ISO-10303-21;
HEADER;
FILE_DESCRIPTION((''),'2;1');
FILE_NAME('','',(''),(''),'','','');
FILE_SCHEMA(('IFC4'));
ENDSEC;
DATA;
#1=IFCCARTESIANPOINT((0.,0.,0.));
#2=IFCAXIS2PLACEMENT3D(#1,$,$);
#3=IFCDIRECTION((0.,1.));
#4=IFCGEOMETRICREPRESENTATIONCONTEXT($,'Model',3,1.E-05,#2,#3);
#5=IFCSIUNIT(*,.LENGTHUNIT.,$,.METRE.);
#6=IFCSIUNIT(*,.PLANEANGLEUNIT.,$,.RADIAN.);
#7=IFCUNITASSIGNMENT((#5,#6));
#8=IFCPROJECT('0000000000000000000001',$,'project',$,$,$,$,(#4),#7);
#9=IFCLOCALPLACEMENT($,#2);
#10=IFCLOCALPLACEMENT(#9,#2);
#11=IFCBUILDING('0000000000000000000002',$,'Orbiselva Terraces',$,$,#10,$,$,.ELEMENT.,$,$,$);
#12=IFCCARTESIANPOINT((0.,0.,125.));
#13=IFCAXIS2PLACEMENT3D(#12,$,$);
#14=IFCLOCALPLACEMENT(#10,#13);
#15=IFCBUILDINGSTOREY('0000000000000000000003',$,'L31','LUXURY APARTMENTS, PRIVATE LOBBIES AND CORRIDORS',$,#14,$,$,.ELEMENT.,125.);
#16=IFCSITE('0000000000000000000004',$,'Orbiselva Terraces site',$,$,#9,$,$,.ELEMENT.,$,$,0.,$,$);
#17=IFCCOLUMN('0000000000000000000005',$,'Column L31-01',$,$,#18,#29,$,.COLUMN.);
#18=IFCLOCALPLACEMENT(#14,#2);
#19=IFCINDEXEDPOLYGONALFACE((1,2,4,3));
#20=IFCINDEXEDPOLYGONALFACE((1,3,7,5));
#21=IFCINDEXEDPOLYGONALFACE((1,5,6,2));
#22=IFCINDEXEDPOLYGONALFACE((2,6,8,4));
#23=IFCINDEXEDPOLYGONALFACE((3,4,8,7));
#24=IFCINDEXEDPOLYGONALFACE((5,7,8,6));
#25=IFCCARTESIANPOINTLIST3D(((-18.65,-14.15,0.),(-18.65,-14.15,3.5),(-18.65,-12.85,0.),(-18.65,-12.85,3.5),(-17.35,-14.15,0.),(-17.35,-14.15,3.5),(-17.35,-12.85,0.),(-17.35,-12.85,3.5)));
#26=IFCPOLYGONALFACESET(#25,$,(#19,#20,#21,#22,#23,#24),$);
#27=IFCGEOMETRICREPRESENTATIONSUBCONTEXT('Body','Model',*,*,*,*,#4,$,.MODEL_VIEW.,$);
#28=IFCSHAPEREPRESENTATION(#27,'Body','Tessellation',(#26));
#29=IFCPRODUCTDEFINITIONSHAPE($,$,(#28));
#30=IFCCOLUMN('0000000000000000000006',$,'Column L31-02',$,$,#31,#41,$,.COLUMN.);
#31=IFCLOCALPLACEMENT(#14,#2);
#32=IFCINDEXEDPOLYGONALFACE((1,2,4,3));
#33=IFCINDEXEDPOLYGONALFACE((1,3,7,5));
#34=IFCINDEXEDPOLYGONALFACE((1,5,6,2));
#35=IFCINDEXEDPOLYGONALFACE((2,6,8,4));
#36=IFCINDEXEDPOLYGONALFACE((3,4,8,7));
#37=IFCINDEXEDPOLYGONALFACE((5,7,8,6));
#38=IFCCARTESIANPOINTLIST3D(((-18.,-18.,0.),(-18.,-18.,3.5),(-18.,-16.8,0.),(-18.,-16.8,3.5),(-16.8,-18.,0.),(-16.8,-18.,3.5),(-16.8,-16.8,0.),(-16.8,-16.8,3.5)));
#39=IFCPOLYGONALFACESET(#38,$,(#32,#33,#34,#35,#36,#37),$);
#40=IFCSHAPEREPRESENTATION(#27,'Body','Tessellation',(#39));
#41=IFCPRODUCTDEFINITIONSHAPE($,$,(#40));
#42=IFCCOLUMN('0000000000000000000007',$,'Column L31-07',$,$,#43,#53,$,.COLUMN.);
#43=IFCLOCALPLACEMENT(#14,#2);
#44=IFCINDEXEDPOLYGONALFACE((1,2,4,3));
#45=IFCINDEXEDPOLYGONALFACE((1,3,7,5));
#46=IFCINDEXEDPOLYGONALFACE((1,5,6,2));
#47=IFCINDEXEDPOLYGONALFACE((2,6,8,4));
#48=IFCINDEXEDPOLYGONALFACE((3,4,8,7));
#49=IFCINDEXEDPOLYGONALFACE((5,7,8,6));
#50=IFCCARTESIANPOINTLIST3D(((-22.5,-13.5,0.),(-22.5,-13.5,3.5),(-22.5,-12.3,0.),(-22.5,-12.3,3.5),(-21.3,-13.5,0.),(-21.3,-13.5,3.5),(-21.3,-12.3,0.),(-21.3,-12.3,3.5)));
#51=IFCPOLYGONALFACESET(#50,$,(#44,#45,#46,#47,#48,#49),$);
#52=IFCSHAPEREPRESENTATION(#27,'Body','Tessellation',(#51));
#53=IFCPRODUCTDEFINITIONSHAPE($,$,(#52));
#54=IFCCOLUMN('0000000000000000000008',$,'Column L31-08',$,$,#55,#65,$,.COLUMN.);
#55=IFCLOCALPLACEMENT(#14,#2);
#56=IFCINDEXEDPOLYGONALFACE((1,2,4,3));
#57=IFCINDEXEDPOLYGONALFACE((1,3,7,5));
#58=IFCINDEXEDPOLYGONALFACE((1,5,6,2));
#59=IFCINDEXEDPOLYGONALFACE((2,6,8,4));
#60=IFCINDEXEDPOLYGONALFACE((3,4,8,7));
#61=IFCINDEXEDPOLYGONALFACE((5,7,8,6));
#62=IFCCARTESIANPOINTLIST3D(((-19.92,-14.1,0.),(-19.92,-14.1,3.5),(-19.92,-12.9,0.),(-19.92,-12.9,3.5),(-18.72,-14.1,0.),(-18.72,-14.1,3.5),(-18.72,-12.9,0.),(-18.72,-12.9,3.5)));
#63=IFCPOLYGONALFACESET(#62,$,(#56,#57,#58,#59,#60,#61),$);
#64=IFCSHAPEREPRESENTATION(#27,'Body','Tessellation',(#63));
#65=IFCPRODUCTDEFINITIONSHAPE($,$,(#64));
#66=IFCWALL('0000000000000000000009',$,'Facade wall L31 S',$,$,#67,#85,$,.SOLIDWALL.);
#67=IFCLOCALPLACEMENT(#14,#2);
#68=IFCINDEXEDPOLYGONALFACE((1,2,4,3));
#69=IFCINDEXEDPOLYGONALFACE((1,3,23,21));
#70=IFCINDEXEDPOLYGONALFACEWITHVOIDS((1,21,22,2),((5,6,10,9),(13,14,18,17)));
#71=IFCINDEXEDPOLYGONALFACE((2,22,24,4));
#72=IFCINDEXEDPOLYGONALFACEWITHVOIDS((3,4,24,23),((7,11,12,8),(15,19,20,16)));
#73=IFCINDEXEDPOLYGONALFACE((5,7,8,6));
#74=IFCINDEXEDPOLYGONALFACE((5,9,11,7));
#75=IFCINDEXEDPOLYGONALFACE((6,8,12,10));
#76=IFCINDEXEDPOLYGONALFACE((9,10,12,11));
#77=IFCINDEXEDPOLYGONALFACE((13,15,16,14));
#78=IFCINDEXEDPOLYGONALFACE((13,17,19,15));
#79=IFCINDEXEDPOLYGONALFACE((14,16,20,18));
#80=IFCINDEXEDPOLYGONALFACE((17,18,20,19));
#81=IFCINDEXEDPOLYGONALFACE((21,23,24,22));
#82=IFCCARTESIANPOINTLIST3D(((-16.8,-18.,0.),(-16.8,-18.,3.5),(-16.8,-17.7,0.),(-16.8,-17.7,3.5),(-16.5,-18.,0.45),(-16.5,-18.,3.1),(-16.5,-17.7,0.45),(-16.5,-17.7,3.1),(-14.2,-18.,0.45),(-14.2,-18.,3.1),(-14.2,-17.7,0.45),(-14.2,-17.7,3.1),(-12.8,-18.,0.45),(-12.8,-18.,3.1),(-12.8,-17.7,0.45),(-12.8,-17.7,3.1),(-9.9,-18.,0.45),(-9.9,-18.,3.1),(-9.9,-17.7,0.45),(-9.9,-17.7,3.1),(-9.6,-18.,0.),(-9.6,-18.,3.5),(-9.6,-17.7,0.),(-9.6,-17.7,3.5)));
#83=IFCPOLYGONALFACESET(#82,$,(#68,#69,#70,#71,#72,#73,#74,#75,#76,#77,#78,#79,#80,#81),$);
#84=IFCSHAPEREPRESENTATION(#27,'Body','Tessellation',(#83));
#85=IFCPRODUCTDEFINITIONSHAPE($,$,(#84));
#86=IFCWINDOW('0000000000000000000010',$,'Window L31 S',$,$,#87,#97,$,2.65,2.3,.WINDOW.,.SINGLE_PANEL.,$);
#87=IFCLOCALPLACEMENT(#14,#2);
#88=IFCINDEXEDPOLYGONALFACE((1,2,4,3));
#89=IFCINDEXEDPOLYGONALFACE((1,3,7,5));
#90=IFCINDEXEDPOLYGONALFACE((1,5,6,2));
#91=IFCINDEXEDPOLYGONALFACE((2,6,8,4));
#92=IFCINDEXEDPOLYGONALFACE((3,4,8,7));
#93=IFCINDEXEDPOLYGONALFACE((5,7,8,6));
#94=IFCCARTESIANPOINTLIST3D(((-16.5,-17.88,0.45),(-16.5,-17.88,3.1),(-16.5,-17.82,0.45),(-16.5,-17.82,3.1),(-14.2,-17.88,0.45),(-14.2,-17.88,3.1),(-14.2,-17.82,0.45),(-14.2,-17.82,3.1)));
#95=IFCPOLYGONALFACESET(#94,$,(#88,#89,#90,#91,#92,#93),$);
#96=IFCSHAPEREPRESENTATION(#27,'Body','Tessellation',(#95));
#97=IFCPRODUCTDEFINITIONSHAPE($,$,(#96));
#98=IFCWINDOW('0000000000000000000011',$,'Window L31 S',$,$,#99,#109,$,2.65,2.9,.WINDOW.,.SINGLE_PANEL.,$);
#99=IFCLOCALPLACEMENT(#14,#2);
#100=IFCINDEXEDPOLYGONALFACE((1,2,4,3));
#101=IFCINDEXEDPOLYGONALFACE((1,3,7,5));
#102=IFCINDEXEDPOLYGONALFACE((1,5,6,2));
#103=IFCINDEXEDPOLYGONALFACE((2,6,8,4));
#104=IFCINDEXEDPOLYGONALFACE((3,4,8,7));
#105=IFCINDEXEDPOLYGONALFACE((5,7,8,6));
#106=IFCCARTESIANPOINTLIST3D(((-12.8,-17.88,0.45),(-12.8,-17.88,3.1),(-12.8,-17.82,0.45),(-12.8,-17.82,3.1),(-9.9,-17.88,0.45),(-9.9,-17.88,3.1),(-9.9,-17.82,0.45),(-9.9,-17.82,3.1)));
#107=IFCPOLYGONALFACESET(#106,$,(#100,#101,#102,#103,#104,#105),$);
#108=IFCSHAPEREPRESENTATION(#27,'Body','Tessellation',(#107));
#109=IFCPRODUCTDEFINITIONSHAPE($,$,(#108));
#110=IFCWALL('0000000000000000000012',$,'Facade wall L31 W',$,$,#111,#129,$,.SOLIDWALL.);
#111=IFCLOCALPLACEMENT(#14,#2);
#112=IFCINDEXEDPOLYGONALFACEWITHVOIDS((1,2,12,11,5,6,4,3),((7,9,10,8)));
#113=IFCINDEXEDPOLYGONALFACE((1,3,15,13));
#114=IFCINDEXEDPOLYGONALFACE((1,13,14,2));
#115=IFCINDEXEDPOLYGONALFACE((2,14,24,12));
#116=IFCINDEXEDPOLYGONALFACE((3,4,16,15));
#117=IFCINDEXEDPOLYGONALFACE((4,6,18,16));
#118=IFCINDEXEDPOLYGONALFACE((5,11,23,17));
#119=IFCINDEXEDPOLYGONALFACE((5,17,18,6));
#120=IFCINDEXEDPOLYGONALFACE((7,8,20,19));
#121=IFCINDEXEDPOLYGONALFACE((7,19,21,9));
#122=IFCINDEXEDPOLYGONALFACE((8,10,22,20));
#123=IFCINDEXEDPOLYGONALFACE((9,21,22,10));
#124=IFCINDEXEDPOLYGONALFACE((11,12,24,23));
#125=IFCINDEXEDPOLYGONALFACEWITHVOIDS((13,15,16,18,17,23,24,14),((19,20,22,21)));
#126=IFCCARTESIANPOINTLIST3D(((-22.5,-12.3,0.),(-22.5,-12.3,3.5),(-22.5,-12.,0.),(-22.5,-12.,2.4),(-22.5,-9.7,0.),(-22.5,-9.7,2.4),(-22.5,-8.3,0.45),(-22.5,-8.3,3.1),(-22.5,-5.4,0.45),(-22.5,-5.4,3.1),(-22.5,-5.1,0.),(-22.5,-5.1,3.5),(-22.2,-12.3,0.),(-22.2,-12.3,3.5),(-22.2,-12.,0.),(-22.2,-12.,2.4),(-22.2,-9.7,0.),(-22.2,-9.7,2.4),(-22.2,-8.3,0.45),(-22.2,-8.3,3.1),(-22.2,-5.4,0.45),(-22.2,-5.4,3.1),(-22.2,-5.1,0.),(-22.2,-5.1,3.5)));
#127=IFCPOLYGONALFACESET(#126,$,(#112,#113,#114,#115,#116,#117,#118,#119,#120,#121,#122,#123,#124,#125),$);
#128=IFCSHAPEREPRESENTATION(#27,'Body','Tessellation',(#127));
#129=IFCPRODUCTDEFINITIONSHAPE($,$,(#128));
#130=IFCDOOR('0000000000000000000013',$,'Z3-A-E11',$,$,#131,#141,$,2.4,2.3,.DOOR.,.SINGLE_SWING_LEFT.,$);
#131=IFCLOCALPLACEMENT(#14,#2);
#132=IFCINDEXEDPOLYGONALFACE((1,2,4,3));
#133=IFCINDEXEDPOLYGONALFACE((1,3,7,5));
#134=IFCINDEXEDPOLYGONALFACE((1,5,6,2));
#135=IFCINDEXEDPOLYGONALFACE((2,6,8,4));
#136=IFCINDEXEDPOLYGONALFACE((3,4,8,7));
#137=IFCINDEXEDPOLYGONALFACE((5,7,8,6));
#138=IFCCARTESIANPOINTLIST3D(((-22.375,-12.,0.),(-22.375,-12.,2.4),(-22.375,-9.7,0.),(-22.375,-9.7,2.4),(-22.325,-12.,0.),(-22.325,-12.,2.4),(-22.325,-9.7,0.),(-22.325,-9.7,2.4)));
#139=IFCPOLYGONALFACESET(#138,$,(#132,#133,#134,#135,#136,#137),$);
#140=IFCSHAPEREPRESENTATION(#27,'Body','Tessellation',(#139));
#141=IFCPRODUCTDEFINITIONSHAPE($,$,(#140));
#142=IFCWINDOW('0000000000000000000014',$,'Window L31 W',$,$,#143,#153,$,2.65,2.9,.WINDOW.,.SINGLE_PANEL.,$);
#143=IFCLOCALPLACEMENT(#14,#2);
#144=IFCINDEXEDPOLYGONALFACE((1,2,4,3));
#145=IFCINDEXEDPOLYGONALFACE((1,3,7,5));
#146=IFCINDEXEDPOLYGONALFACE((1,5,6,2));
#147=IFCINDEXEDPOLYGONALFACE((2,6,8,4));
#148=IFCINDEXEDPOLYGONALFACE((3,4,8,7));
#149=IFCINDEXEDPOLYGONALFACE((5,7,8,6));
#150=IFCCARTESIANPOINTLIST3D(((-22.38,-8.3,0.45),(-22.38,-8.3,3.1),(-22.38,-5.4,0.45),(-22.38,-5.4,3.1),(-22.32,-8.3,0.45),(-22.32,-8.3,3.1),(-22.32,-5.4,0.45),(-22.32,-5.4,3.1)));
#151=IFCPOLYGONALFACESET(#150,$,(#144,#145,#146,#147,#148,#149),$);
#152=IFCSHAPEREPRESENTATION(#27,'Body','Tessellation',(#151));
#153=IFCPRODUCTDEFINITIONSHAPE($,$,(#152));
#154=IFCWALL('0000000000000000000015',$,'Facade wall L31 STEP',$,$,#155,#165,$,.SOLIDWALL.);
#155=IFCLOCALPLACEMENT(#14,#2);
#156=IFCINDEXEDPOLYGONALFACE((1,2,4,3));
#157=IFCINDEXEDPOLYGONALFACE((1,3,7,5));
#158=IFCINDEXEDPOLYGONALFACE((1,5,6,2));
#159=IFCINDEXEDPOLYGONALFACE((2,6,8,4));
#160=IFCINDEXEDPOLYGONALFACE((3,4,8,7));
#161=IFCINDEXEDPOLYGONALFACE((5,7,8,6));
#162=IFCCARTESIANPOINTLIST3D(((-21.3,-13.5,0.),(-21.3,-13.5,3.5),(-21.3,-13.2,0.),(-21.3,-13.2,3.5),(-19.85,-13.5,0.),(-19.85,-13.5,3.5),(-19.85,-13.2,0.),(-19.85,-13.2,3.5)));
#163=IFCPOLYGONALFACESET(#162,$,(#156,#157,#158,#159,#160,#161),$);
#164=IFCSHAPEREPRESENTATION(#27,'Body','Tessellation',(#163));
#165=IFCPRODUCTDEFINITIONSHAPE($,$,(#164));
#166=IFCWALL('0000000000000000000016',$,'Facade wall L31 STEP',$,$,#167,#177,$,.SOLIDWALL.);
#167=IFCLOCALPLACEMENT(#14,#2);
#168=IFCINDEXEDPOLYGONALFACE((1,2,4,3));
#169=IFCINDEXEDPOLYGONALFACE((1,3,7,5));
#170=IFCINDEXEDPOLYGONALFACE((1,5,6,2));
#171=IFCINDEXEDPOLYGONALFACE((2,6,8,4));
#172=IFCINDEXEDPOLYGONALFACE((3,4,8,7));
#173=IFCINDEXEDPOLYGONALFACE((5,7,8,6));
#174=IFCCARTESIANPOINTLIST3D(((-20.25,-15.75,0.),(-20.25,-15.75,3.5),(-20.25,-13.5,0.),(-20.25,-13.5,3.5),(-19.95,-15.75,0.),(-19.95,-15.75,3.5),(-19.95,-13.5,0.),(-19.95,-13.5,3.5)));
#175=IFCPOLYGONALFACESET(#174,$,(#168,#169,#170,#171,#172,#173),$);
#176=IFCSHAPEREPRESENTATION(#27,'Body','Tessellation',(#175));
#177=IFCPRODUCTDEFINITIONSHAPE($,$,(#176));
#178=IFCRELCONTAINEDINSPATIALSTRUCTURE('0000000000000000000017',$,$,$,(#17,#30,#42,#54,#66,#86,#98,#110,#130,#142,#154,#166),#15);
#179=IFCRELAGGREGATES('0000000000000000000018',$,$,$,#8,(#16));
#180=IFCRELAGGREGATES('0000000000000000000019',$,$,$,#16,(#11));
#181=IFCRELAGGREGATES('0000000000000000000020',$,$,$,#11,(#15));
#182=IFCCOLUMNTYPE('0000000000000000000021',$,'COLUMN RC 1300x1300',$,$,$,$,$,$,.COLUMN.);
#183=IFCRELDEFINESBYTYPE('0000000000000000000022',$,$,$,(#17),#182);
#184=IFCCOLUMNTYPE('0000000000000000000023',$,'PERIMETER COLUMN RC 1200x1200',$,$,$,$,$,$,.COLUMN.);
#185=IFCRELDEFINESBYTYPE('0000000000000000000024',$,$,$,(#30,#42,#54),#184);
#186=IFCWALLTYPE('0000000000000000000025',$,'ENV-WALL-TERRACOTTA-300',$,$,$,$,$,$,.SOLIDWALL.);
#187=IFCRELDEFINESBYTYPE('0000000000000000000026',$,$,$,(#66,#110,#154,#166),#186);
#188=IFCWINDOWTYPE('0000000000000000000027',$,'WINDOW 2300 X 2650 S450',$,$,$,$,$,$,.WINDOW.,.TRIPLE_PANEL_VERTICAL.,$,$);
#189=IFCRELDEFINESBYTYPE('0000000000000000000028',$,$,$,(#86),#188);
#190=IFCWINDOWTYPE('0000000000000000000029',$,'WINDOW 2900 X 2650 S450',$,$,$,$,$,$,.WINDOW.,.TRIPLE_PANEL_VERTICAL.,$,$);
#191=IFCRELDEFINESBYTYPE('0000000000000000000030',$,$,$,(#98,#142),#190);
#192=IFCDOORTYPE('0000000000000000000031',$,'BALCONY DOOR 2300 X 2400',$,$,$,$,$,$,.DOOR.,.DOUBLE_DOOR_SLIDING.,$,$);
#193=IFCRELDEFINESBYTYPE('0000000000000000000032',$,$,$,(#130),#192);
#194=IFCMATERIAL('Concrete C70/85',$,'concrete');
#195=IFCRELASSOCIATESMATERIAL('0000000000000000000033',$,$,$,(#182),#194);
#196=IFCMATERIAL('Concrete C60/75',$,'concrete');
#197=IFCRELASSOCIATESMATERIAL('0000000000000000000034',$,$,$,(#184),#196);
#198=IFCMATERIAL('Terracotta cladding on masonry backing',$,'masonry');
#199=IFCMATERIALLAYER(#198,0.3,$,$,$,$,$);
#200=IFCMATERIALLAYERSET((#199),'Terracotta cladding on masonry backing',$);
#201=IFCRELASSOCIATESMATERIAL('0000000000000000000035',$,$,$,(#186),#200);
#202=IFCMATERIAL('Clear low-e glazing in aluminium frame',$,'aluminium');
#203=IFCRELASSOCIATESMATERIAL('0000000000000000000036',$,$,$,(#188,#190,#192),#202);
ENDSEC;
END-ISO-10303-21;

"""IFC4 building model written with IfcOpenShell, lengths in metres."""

from ifc_helpers import new_model, si_unit, direction, frame, frame_2d, origin, origin_2d, place, context, subcontext, project, spatial, rectangle, extrude, material, layer, layer_set, material_profile, profile_set, type_object, element, fill, save


model = new_model("IFC4")

# Units and contexts
model_context = context("Model", 3, precision=1e-05, world=origin(), true_north=direction((0.0, 1.0)))
body_context = subcontext(model_context, "Body", "Model", "MODEL_VIEW")
ifc_project = project(units=[si_unit("LENGTHUNIT", "METRE"), si_unit("PLANEANGLEUNIT", "RADIAN")], contexts=[model_context])

# Site, building, storey
site_placement = place(None, origin())
site = spatial("IfcSite", under=ifc_project, at=site_placement, Name="Orbiselva Terraces site", CompositionType="ELEMENT", RefElevation=0.0)
building_placement = place(site_placement, origin())
building = spatial("IfcBuilding", under=site, at=building_placement, Name="Orbiselva Terraces", CompositionType="ELEMENT")
storey_placement = place(building_placement, frame((0.0, 0.0, 125.0)))
storey = spatial("IfcBuildingStorey", under=building, at=storey_placement, Name="L31", Description="LUXURY APARTMENTS, PRIVATE LOBBIES AND CORRIDORS", CompositionType="ELEMENT", Elevation=125.0)

# Columns
ifc_material_1 = material(Name="Concrete C70/85", Category="concrete")
ifc_material_profile_1 = material_profile(ifc_material_1, rectangle(XDim=1.3, YDim=1.3, at=origin_2d()), Name="RC 1300x1300")
ifc_profile_set_1 = profile_set([ifc_material_profile_1], Name="Concrete C70/85")
column_type_1 = type_object("IfcColumnType", Name="COLUMN RC 1300x1300", PredefinedType="COLUMN", material=ifc_profile_set_1)
column_placement = place(storey_placement, frame((-18.0, -13.5, 0.0), z_axis=(0.0, 0.0, 1.0), x_axis=(1.0, 0.0, 0.0)))
element("IfcColumn", 1, at=column_placement, inside=storey, type_object=column_type_1, Name="Column L31-01", PredefinedType="COLUMN", context=body_context, shape_type="SweptSolid", body=[
    extrude(rectangle(XDim=1.3, YDim=1.3, at=origin_2d()), origin(), (0.0, 0.0, 1.0), 3.5),
])
ifc_material_2 = material(Name="Concrete C60/75", Category="concrete")
ifc_material_profile_2 = material_profile(ifc_material_2, rectangle(XDim=1.2, YDim=1.2, at=origin_2d()), Name="RC 1200x1200")
ifc_profile_set_2 = profile_set([ifc_material_profile_2], Name="Concrete C60/75")
column_type_2 = type_object("IfcColumnType", Name="PERIMETER COLUMN RC 1200x1200", PredefinedType="COLUMN", material=ifc_profile_set_2)
for number, where, z_axis, x_axis, name in (
    (2, (-17.4, -17.4, 0.0), (0.0, 0.0, 1.0), (1.0, 0.0, 0.0), "Column L31-02"),
    (3, (-21.9, -12.9, 0.0), (0.0, 0.0, 1.0), (1.0, 0.0, 0.0), "Column L31-07"),
    (4, (-19.32, -13.5, 0.0), (0.0, 0.0, 1.0), (1.0, 0.0, 0.0), "Column L31-08"),
):
    element("IfcColumn", number, at=place(storey_placement, frame(where, z_axis=z_axis, x_axis=x_axis)), inside=storey, type_object=column_type_2, Name=name, PredefinedType="COLUMN", context=body_context, shape_type="SweptSolid", body=[
        extrude(rectangle(XDim=1.2, YDim=1.2, at=origin_2d()), origin(), (0.0, 0.0, 1.0), 3.5),
    ])

# Wall, openings, windows
ifc_material_3 = material(Name="Terracotta cladding on masonry backing", Category="masonry")
ifc_layer_1 = layer(ifc_material_3, 0.3)
ifc_layer_set_1 = layer_set([ifc_layer_1], Name="Terracotta cladding on masonry backing")
wall_type_1 = type_object("IfcWallType", Name="ENV-WALL-TERRACOTTA-300", PredefinedType="SOLIDWALL", material=ifc_layer_set_1)
wall_1_placement = place(storey_placement, frame((-9.6, -17.85, 0.0), z_axis=(0.0, 0.0, 1.0), x_axis=(-1.0, 0.0, 0.0)))
wall_1 = element("IfcWall", 5, at=wall_1_placement, inside=storey, type_object=wall_type_1, Name="Facade wall L31 S", PredefinedType="SOLIDWALL", context=body_context, shape_type="SweptSolid", body=[
    extrude(rectangle(XDim=7.2, YDim=0.3, at=frame_2d((3.6, 0.0))), origin(), (0.0, 0.0, 1.0), 3.5),
])
opening_1_placement = place(wall_1_placement, frame((4.6, 0.0, 0.45)))
opening_1 = element("IfcOpeningElement", 6, at=opening_1_placement, cuts=wall_1, PredefinedType="OPENING", context=body_context, shape_type="SweptSolid", body=[
    extrude(rectangle(XDim=2.3, YDim=2.65, at=frame_2d((1.15, 1.325))), frame((0.0, 0.16, 0.0), z_axis=(0.0, -1.0, 0.0), x_axis=(1.0, 0.0, 0.0)), (0.0, 0.0, 1.0), 0.32),
])
opening_2_placement = place(wall_1_placement, frame((0.3, 0.0, 0.45)))
opening_2 = element("IfcOpeningElement", 7, at=opening_2_placement, cuts=wall_1, PredefinedType="OPENING", context=body_context, shape_type="SweptSolid", body=[
    extrude(rectangle(XDim=2.9, YDim=2.65, at=frame_2d((1.45, 1.325))), frame((0.0, 0.16, 0.0), z_axis=(0.0, -1.0, 0.0), x_axis=(1.0, 0.0, 0.0)), (0.0, 0.0, 1.0), 0.32),
])
ifc_material_4 = material(Name="Clear low-e glazing in aluminium frame", Category="aluminium")
window_type_1 = type_object("IfcWindowType", Name="WINDOW 2300 X 2650 S450", PartitioningType="TRIPLE_PANEL_VERTICAL", PredefinedType="WINDOW", material=ifc_material_4)
window_1_placement = place(opening_1_placement, origin())
window_1 = element("IfcWindow", 8, at=window_1_placement, inside=storey, type_object=window_type_1, Name="Window L31 S", OverallHeight=2.65, OverallWidth=2.3, PartitioningType="SINGLE_PANEL", PredefinedType="WINDOW", context=body_context, shape_type="SweptSolid", body=[
    extrude(rectangle(XDim=2.3, YDim=2.65, at=frame_2d((1.15, 1.325))), frame((0.0, 0.03, 0.0), z_axis=(0.0, -1.0, 0.0), x_axis=(1.0, 0.0, 0.0)), (0.0, 0.0, 1.0), 0.06),
])
fill(opening_1, window_1)
window_type_2 = type_object("IfcWindowType", Name="WINDOW 2900 X 2650 S450", PartitioningType="TRIPLE_PANEL_VERTICAL", PredefinedType="WINDOW", material=ifc_material_4)
window_2_placement = place(opening_2_placement, origin())
window_2 = element("IfcWindow", 9, at=window_2_placement, inside=storey, type_object=window_type_2, Name="Window L31 S", OverallHeight=2.65, OverallWidth=2.9, PartitioningType="SINGLE_PANEL", PredefinedType="WINDOW", context=body_context, shape_type="SweptSolid", body=[
    extrude(rectangle(XDim=2.9, YDim=2.65, at=frame_2d((1.45, 1.325))), frame((0.0, 0.03, 0.0), z_axis=(0.0, -1.0, 0.0), x_axis=(1.0, 0.0, 0.0)), (0.0, 0.0, 1.0), 0.06),
])
fill(opening_2, window_2)

# Wall, openings, door, window
wall_2_placement = place(storey_placement, frame((-22.35, -12.3, 0.0), z_axis=(0.0, 0.0, 1.0), x_axis=(0.0, 1.0, 0.0)))
wall_2 = element("IfcWall", 10, at=wall_2_placement, inside=storey, type_object=wall_type_1, Name="Facade wall L31 W", PredefinedType="SOLIDWALL", context=body_context, shape_type="SweptSolid", body=[
    extrude(rectangle(XDim=7.2, YDim=0.3, at=frame_2d((3.6, 0.0))), origin(), (0.0, 0.0, 1.0), 3.5),
])
opening_3_placement = place(wall_2_placement, frame((4.0, 0.0, 0.45)))
opening_3 = element("IfcOpeningElement", 11, at=opening_3_placement, cuts=wall_2, PredefinedType="OPENING", context=body_context, shape_type="SweptSolid", body=[
    extrude(rectangle(XDim=2.9, YDim=2.65, at=frame_2d((1.45, 1.325))), frame((0.0, 0.16, 0.0), z_axis=(0.0, -1.0, 0.0), x_axis=(1.0, 0.0, 0.0)), (0.0, 0.0, 1.0), 0.32),
])
opening_4_placement = place(wall_2_placement, frame((0.3, 0.0, 0.0)))
opening_4 = element("IfcOpeningElement", 12, at=opening_4_placement, cuts=wall_2, PredefinedType="OPENING", context=body_context, shape_type="SweptSolid", body=[
    extrude(rectangle(XDim=2.3, YDim=2.4, at=frame_2d((1.15, 1.2))), frame((0.0, 0.16, 0.0), z_axis=(0.0, -1.0, 0.0), x_axis=(1.0, 0.0, 0.0)), (0.0, 0.0, 1.0), 0.32),
])
door_type_1 = type_object("IfcDoorType", Name="BALCONY DOOR 2300 X 2400", OperationType="DOUBLE_DOOR_SLIDING", PredefinedType="DOOR", material=ifc_material_4)
door_1_placement = place(opening_4_placement, origin())
door_1 = element("IfcDoor", 13, at=door_1_placement, inside=storey, type_object=door_type_1, Name="Z3-A-E11", OperationType="SINGLE_SWING_LEFT", OverallHeight=2.4, OverallWidth=2.3, PredefinedType="DOOR", context=body_context, shape_type="SweptSolid", body=[
    extrude(rectangle(XDim=2.3, YDim=2.4, at=frame_2d((1.15, 1.2))), frame((0.0, 0.025, 0.0), z_axis=(0.0, -1.0, 0.0), x_axis=(1.0, 0.0, 0.0)), (0.0, 0.0, 1.0), 0.05),
])
fill(opening_4, door_1)
window_3_placement = place(opening_3_placement, origin())
window_3 = element("IfcWindow", 14, at=window_3_placement, inside=storey, type_object=window_type_2, Name="Window L31 W", OverallHeight=2.65, OverallWidth=2.9, PartitioningType="SINGLE_PANEL", PredefinedType="WINDOW", context=body_context, shape_type="SweptSolid", body=[
    extrude(rectangle(XDim=2.9, YDim=2.65, at=frame_2d((1.45, 1.325))), frame((0.0, 0.03, 0.0), z_axis=(0.0, -1.0, 0.0), x_axis=(1.0, 0.0, 0.0)), (0.0, 0.0, 1.0), 0.06),
])
fill(opening_3, window_3)

# Walls
wall_3_placement = place(storey_placement, frame((-19.85, -13.35, 0.0), z_axis=(0.0, 0.0, 1.0), x_axis=(-1.0, 0.0, 0.0)))
element("IfcWall", 15, at=wall_3_placement, inside=storey, type_object=wall_type_1, Name="Facade wall L31 STEP", PredefinedType="SOLIDWALL", context=body_context, shape_type="SweptSolid", body=[
    extrude(rectangle(XDim=1.45, YDim=0.3, at=frame_2d((0.725, 0.0))), origin(), (0.0, 0.0, 1.0), 3.5),
])
wall_4_placement = place(storey_placement, frame((-20.1, -15.75, 0.0), z_axis=(0.0, 0.0, 1.0), x_axis=(0.0, 1.0, 0.0)))
element("IfcWall", 16, at=wall_4_placement, inside=storey, type_object=wall_type_1, Name="Facade wall L31 STEP", PredefinedType="SOLIDWALL", context=body_context, shape_type="SweptSolid", body=[
    extrude(rectangle(XDim=2.25, YDim=0.3, at=frame_2d((1.125, 0.0))), origin(), (0.0, 0.0, 1.0), 3.5),
])

save(model, "model.ifc")
